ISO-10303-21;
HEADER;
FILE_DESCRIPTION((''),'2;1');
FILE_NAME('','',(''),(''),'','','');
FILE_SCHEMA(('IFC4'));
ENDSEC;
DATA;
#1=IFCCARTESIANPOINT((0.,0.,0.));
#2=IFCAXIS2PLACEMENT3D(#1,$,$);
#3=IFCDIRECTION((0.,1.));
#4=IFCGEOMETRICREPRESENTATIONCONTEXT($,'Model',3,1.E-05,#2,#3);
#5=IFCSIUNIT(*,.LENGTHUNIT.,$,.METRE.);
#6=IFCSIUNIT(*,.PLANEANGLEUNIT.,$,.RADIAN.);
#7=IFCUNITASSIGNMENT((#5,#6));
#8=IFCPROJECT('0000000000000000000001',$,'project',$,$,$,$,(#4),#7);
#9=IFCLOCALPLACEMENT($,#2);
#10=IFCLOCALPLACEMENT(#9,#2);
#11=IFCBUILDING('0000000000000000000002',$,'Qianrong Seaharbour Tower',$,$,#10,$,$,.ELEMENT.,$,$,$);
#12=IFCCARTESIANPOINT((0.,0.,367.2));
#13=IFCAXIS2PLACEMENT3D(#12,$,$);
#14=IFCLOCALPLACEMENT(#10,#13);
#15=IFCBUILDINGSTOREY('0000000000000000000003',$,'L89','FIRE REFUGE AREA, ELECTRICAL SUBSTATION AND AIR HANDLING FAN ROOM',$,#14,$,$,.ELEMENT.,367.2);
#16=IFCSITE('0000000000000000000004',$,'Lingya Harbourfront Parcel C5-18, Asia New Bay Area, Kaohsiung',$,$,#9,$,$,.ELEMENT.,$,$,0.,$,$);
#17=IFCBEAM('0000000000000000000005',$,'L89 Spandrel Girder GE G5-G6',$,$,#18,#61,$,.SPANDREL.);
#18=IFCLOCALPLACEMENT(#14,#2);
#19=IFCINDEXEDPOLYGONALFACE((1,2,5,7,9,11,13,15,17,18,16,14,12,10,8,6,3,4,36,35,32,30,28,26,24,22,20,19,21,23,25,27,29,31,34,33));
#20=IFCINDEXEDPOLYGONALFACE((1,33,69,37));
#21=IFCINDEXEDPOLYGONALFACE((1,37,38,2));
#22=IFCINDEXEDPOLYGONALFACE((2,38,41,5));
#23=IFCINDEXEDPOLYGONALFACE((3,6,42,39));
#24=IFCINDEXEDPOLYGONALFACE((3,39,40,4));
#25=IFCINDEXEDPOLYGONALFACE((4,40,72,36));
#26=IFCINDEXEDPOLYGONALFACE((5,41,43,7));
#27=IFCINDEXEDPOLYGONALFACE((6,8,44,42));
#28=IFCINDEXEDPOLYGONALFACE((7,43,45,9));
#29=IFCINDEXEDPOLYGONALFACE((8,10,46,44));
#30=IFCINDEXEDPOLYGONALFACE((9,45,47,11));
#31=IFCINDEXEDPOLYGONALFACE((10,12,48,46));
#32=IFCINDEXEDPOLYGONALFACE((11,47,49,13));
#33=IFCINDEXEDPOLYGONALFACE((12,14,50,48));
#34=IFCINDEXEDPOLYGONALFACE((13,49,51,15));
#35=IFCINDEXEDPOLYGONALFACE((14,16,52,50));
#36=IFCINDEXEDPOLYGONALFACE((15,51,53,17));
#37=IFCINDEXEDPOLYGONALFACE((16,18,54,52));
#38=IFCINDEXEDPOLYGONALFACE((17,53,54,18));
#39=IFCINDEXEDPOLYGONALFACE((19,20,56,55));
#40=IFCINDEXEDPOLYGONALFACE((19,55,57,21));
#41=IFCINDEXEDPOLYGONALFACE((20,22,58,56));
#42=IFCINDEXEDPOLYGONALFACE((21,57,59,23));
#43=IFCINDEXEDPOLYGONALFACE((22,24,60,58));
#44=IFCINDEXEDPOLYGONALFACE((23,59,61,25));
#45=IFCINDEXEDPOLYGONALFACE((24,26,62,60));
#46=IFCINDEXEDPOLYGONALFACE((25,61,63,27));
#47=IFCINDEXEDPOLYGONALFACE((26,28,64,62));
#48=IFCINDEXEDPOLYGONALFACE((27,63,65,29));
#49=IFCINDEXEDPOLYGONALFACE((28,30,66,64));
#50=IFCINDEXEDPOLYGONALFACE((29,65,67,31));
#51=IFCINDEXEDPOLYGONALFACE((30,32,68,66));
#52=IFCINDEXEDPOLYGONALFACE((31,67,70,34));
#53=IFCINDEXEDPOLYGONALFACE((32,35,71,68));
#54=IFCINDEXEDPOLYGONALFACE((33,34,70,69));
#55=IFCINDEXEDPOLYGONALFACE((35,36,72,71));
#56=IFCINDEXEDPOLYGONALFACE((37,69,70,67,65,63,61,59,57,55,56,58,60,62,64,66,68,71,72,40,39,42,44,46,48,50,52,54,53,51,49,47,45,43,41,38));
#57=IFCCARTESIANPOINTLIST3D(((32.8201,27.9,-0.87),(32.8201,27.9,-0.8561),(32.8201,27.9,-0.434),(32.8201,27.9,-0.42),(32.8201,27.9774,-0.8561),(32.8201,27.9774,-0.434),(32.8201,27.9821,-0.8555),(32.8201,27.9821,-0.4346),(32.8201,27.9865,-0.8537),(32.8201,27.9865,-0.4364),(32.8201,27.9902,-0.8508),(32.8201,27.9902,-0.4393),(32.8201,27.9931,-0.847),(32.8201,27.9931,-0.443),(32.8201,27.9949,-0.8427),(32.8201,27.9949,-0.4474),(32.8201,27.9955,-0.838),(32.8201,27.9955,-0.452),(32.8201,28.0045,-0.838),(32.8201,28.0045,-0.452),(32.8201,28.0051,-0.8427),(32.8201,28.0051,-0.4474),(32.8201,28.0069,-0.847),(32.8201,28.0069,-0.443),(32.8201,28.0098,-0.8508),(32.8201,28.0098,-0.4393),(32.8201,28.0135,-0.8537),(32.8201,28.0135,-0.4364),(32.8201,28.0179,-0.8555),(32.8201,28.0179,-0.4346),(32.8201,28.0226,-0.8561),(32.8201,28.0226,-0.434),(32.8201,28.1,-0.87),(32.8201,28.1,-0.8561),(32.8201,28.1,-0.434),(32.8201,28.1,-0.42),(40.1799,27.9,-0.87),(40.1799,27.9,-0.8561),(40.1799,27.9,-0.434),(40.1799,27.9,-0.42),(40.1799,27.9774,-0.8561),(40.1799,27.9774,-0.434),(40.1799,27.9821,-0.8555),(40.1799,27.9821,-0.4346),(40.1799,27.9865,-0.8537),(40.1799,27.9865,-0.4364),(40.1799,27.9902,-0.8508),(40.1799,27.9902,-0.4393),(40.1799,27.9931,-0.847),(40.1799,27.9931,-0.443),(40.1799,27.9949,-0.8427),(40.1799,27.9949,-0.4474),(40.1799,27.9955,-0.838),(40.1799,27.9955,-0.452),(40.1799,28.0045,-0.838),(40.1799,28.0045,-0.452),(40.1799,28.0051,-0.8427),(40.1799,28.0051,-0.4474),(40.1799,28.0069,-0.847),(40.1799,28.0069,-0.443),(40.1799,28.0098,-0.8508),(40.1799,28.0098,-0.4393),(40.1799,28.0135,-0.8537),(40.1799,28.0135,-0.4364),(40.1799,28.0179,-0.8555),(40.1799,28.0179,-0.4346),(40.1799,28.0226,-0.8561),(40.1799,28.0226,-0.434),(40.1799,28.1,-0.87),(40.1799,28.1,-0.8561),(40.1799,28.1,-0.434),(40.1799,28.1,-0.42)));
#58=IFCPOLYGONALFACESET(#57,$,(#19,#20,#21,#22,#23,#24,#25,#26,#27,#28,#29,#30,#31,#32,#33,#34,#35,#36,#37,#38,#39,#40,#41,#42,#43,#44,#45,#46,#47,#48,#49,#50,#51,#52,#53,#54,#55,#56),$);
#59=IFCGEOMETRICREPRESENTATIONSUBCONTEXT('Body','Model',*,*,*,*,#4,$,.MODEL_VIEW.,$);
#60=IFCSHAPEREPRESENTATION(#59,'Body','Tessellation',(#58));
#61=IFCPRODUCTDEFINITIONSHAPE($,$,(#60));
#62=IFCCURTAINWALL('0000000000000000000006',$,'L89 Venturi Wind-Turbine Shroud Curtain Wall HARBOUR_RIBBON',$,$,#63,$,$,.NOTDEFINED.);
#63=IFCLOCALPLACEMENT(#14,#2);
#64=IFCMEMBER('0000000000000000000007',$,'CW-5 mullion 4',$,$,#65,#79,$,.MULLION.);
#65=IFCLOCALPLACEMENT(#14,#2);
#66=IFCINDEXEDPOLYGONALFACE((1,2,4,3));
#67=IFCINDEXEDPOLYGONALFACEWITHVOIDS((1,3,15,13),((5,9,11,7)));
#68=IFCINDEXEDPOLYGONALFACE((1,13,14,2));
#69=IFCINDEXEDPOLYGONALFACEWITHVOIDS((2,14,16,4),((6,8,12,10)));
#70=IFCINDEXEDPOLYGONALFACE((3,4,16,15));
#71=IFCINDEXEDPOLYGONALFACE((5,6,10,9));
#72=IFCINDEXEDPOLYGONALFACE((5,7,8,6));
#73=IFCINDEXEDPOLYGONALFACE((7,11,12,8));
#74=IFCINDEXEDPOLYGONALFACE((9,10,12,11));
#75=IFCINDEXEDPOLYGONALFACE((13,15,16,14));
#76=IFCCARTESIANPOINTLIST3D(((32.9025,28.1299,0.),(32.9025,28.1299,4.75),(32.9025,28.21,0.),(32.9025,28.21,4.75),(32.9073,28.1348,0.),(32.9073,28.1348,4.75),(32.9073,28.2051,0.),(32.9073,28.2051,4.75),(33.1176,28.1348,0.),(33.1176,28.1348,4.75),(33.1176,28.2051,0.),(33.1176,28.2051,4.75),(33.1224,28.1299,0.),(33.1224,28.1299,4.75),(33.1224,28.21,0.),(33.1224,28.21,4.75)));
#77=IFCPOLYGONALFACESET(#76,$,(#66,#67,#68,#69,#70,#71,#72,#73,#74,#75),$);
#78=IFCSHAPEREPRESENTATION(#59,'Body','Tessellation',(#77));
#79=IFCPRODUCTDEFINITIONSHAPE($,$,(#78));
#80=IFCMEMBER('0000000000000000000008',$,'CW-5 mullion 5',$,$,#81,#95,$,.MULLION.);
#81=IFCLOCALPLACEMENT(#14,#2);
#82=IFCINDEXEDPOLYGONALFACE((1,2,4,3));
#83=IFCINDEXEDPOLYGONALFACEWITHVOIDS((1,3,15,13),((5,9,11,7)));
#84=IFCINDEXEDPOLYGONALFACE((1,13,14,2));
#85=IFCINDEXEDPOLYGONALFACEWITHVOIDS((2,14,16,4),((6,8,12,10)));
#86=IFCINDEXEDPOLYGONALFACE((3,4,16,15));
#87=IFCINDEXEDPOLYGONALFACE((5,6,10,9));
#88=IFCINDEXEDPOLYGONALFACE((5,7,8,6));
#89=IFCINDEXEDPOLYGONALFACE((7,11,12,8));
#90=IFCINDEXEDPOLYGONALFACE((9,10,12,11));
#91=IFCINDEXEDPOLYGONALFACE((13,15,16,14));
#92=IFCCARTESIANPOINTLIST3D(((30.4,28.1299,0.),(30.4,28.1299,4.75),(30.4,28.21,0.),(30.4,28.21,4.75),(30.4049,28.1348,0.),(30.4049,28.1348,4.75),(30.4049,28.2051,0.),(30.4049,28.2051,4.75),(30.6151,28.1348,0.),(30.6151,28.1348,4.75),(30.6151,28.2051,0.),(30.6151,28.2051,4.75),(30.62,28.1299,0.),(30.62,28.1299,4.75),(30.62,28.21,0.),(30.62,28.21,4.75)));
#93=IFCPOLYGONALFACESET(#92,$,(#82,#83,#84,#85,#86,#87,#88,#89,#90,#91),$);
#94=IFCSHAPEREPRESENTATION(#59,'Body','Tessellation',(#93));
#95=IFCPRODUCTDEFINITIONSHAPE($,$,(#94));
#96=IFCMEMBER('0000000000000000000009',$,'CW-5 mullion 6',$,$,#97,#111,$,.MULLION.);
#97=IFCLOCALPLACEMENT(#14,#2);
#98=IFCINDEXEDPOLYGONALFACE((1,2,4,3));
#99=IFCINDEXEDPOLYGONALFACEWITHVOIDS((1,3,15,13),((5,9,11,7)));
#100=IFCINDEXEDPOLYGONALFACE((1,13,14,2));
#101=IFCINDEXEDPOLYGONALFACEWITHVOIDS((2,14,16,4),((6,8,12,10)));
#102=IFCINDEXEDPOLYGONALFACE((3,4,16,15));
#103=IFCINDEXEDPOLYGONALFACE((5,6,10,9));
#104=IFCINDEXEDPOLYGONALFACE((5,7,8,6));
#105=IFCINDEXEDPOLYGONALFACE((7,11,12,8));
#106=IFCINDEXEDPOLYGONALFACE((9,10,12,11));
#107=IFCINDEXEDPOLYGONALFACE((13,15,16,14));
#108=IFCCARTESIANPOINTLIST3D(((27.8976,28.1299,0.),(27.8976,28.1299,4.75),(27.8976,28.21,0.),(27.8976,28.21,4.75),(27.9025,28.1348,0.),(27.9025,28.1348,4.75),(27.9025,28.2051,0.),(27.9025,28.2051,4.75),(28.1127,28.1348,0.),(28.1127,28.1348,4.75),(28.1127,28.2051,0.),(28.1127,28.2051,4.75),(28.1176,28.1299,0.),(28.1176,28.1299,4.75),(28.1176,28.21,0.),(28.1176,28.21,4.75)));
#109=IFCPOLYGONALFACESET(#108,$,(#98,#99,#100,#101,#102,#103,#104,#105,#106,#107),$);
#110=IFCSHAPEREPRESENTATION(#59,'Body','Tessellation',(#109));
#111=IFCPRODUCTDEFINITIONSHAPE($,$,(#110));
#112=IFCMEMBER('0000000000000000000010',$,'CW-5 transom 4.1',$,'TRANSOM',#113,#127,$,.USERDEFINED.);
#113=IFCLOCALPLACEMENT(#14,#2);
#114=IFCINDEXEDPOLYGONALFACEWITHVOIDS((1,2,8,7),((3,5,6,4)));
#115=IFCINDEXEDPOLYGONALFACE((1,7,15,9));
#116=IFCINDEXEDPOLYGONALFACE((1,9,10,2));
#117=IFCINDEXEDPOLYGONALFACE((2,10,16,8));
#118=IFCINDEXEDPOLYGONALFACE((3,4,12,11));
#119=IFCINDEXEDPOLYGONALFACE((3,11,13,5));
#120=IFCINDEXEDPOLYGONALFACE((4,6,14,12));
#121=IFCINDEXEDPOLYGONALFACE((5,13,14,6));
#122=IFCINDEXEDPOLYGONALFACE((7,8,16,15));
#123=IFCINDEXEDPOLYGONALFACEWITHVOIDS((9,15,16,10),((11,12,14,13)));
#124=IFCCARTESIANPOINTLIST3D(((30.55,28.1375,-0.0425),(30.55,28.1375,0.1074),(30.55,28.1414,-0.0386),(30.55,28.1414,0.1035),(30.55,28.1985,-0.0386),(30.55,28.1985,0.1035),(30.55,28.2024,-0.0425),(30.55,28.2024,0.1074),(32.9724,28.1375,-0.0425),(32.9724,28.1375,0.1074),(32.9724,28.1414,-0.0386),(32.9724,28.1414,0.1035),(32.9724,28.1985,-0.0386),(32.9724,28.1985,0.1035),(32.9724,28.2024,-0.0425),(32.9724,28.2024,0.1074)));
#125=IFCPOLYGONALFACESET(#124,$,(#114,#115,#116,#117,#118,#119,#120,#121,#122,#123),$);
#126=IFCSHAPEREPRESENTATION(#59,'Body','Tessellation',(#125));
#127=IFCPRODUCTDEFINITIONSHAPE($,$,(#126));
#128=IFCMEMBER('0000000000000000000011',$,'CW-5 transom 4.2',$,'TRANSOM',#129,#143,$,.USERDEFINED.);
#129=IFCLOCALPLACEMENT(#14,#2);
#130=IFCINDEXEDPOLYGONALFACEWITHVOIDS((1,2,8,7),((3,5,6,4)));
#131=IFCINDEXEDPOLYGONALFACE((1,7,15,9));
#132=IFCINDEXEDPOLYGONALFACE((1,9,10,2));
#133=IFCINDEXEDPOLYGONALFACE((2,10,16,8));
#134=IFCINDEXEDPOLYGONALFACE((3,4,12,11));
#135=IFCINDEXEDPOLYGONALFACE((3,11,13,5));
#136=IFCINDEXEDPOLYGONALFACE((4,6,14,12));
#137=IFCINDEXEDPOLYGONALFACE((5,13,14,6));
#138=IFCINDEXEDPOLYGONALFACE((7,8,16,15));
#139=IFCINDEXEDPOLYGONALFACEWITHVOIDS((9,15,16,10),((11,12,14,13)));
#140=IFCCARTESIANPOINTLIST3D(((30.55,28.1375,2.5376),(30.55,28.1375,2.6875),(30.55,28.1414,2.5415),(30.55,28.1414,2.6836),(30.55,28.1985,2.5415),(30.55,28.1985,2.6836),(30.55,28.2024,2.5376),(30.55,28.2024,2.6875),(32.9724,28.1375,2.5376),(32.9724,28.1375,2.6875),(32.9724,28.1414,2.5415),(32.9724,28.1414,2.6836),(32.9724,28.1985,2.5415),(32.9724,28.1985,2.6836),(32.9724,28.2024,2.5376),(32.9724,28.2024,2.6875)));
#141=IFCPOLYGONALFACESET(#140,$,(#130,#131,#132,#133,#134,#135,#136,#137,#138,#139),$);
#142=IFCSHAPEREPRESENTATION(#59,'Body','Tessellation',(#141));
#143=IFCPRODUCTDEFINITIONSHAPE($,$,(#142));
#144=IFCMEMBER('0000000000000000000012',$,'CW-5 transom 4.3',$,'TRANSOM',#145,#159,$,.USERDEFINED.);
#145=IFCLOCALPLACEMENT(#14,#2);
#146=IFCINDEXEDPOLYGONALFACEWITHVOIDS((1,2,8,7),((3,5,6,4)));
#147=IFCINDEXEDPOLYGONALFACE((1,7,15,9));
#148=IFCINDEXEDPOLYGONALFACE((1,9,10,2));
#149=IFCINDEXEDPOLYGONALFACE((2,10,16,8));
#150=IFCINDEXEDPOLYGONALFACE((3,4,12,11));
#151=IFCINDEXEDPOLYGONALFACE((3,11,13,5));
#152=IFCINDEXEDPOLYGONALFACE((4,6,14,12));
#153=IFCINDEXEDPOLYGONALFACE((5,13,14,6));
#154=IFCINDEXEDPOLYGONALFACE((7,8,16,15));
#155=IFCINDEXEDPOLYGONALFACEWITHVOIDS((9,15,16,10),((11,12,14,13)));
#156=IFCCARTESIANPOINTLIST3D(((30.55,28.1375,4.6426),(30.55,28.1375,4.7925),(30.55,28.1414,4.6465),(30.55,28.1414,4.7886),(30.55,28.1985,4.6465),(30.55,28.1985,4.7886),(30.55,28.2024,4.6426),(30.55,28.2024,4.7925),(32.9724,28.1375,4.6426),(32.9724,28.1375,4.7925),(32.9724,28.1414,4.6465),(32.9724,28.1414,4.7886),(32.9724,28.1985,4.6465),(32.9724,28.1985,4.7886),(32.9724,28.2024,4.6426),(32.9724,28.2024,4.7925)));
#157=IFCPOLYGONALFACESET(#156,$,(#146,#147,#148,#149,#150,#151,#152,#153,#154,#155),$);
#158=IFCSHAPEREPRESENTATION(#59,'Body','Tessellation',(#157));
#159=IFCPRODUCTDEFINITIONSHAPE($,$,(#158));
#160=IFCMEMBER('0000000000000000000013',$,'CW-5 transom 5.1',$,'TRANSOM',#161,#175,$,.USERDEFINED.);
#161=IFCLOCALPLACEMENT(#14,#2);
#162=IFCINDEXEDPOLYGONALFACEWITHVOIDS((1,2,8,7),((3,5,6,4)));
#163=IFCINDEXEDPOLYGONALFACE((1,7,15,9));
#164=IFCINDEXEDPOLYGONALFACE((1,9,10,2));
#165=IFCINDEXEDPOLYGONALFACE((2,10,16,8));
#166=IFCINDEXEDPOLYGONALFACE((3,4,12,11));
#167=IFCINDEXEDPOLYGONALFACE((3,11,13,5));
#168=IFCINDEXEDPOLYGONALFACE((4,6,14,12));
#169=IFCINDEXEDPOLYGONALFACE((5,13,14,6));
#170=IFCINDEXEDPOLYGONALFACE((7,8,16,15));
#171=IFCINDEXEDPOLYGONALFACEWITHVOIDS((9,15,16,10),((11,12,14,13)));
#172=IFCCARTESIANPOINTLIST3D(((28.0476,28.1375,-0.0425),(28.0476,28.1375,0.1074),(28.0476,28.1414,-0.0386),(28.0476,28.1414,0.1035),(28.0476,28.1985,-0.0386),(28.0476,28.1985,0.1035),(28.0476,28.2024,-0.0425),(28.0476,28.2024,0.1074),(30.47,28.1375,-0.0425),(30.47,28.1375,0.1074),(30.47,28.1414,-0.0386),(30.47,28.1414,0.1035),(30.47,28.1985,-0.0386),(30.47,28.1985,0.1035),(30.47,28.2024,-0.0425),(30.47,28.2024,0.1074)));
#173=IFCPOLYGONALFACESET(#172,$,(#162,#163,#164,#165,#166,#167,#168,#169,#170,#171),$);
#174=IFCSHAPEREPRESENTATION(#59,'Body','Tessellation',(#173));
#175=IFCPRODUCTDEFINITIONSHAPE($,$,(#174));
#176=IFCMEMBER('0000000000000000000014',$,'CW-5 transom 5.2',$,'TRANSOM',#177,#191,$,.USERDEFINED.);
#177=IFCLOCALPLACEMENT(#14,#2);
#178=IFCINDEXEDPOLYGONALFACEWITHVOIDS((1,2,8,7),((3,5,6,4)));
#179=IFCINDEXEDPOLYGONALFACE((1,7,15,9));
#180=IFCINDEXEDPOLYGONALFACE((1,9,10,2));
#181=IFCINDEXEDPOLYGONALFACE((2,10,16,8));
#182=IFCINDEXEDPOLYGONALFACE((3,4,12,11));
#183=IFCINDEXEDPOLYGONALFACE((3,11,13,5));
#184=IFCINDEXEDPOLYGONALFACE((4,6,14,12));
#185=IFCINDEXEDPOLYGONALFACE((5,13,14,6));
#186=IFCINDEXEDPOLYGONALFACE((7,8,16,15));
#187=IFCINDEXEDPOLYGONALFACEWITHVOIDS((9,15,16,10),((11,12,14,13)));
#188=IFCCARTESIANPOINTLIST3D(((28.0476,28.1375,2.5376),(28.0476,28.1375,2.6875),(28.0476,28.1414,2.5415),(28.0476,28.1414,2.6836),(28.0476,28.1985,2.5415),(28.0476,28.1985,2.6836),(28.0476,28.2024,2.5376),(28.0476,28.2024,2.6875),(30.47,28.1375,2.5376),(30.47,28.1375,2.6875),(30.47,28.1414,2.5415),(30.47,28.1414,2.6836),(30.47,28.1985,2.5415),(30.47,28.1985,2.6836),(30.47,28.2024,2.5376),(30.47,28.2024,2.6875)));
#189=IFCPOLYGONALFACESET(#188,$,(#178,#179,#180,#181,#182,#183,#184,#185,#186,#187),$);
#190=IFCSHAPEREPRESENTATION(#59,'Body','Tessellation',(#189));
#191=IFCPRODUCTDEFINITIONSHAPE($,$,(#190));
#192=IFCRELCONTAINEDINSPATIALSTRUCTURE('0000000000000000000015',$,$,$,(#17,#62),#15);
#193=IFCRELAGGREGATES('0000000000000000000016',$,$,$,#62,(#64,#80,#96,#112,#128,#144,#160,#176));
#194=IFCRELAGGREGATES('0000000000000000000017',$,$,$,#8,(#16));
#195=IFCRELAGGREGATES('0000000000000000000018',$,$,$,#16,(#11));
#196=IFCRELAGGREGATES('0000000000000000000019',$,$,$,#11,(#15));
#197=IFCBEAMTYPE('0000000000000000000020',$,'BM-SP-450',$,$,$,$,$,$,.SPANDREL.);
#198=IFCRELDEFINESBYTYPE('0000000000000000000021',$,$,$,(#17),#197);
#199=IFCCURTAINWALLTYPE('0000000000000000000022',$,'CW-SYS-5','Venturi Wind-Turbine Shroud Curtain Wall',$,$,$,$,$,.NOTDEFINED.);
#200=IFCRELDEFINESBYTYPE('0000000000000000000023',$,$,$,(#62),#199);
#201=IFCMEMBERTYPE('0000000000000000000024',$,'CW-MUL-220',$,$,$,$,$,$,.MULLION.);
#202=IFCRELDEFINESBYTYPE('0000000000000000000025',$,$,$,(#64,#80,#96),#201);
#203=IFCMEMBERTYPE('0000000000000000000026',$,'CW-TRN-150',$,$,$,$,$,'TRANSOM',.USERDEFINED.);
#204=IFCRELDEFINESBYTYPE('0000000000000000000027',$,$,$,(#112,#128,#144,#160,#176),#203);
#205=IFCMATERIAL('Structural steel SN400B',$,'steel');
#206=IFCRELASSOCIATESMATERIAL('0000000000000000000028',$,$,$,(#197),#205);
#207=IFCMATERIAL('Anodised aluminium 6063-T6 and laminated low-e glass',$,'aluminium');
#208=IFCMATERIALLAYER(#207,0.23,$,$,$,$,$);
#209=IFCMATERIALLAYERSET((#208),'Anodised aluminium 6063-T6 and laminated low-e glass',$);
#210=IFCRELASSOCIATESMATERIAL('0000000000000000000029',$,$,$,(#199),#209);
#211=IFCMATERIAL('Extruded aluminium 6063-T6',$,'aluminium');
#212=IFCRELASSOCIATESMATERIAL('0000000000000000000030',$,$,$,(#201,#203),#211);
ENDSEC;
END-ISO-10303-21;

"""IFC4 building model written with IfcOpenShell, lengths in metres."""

from ifc_helpers import new_model, si_unit, direction, frame, origin, origin_2d, place, context, subcontext, project, spatial, hollow_rectangle, i_section, extrude, material, layer, layer_set, material_profile, profile_set, type_object, element, aggregate, save


model = new_model("IFC4")

# Units and contexts
model_context = context("Model", 3, precision=1e-05, world=origin(), true_north=direction((0.0, 1.0)))
body_context = subcontext(model_context, "Body", "Model", "MODEL_VIEW")
ifc_project = project(units=[si_unit("LENGTHUNIT", "METRE"), si_unit("PLANEANGLEUNIT", "RADIAN")], contexts=[model_context])

# Site, building, storey
site_placement = place(None, origin())
site = spatial("IfcSite", under=ifc_project, at=site_placement, Name="Lingya Harbourfront Parcel C5-18, Asia New Bay Area, Kaohsiung", CompositionType="ELEMENT", RefElevation=0.0)
building_placement = place(site_placement, origin())
building = spatial("IfcBuilding", under=site, at=building_placement, Name="Qianrong Seaharbour Tower", CompositionType="ELEMENT")
storey_placement = place(building_placement, frame((0.0, 0.0, 367.2)))
storey = spatial("IfcBuildingStorey", under=building, at=storey_placement, Name="L89", Description="FIRE REFUGE AREA, ELECTRICAL SUBSTATION AND AIR HANDLING FAN ROOM", CompositionType="ELEMENT", Elevation=367.2)

# Beam
ifc_material_1 = material(Name="Structural steel SN400B", Category="steel")
ifc_material_profile_1 = material_profile(ifc_material_1, i_section(OverallWidth=0.2, OverallDepth=0.45, WebThickness=0.009, FlangeThickness=0.0139, FilletRadius=0.0181, at=origin_2d()), Name="H450x200x9x14")
ifc_profile_set_1 = profile_set([ifc_material_profile_1], Name="Structural steel SN400B")
beam_type_1 = type_object("IfcBeamType", Name="BM-SP-450", PredefinedType="SPANDREL", material=ifc_profile_set_1)
beam_1_placement = place(storey_placement, frame((32.8201, 28.0, -0.645), z_axis=(1.0, 0.0, 0.0), x_axis=(0.0, 1.0, 0.0)))
element("IfcBeam", 1, at=beam_1_placement, inside=storey, type_object=beam_type_1, Name="L89 Spandrel Girder GE G5-G6", PredefinedType="SPANDREL", context=body_context, shape_type="SweptSolid", body=[
    extrude(i_section(OverallWidth=0.2, OverallDepth=0.45, WebThickness=0.009, FlangeThickness=0.0139, FilletRadius=0.0181, at=origin_2d()), origin(), (0.0, 0.0, 1.0), 7.3599),
])

# Curtain wall, members
ifc_material_2 = material(Name="Anodised aluminium 6063-T6 and laminated low-e glass", Category="aluminium")
ifc_layer_1 = layer(ifc_material_2, 0.23)
ifc_layer_set_1 = layer_set([ifc_layer_1], Name="Anodised aluminium 6063-T6 and laminated low-e glass")
curtain_wall_type = type_object("IfcCurtainWallType", Name="CW-SYS-5", Description="Venturi Wind-Turbine Shroud Curtain Wall", PredefinedType="NOTDEFINED", material=ifc_layer_set_1)
curtain_wall_placement = place(storey_placement, origin())
curtain_wall = element("IfcCurtainWall", 2, at=curtain_wall_placement, inside=storey, type_object=curtain_wall_type, Name="L89 Venturi Wind-Turbine Shroud Curtain Wall HARBOUR_RIBBON", PredefinedType="NOTDEFINED")
ifc_material_3 = material(Name="Extruded aluminium 6063-T6", Category="aluminium")
ifc_material_profile_2 = material_profile(ifc_material_3, hollow_rectangle(XDim=0.0801, YDim=0.22, WallThickness=0.0049, at=origin_2d()), Name="ALU-MUL-220x80x5")
ifc_profile_set_2 = profile_set([ifc_material_profile_2], Name="Extruded aluminium 6063-T6")
member_type_1 = type_object("IfcMemberType", Name="CW-MUL-220", PredefinedType="MULLION", material=ifc_profile_set_2)
member_1_placement = place(storey_placement, frame((33.0125, 28.1699, 0.0), z_axis=(0.0, 0.0, 1.0), x_axis=(0.0, -1.0, 0.0)))
member_1 = element("IfcMember", 3, at=member_1_placement, type_object=member_type_1, Name="CW-5 mullion 4", PredefinedType="MULLION", context=body_context, shape_type="SweptSolid", body=[
    extrude(hollow_rectangle(XDim=0.0801, YDim=0.22, WallThickness=0.0049, at=origin_2d()), origin(), (0.0, 0.0, 1.0), 4.75),
])
member_2_placement = place(storey_placement, frame((30.51, 28.1699, 0.0), z_axis=(0.0, 0.0, 1.0), x_axis=(0.0, -1.0, 0.0)))
member_2 = element("IfcMember", 4, at=member_2_placement, type_object=member_type_1, Name="CW-5 mullion 5", PredefinedType="MULLION", context=body_context, shape_type="SweptSolid", body=[
    extrude(hollow_rectangle(XDim=0.0801, YDim=0.22, WallThickness=0.0049, at=origin_2d()), origin(), (0.0, 0.0, 1.0), 4.75),
])
member_3_placement = place(storey_placement, frame((28.0076, 28.1699, 0.0), z_axis=(0.0, 0.0, 1.0), x_axis=(0.0, -1.0, 0.0)))
member_3 = element("IfcMember", 5, at=member_3_placement, type_object=member_type_1, Name="CW-5 mullion 6", PredefinedType="MULLION", context=body_context, shape_type="SweptSolid", body=[
    extrude(hollow_rectangle(XDim=0.0801, YDim=0.22, WallThickness=0.0049, at=origin_2d()), origin(), (0.0, 0.0, 1.0), 4.75),
])
ifc_material_profile_3 = material_profile(ifc_material_3, hollow_rectangle(XDim=0.0649, YDim=0.1499, WallThickness=0.0039, at=origin_2d()), Name="ALU-TRN-150x65x4")
ifc_profile_set_3 = profile_set([ifc_material_profile_3], Name="Extruded aluminium 6063-T6")
member_type_2 = type_object("IfcMemberType", Name="CW-TRN-150", ElementType="TRANSOM", PredefinedType="USERDEFINED", material=ifc_profile_set_3)
member_4_placement = place(storey_placement, frame((32.9724, 28.1699, 0.0325), z_axis=(-1.0, 0.0, 0.0), x_axis=(0.0, -1.0, 0.0)))
member_4 = element("IfcMember", 6, at=member_4_placement, type_object=member_type_2, Name="CW-5 transom 4.1", ObjectType="TRANSOM", PredefinedType="USERDEFINED", context=body_context, shape_type="SweptSolid", body=[
    extrude(hollow_rectangle(XDim=0.0649, YDim=0.1499, WallThickness=0.0039, at=origin_2d()), origin(), (0.0, 0.0, 1.0), 2.4224),
])
member_5_placement = place(storey_placement, frame((32.9724, 28.1699, 2.6125), z_axis=(-1.0, 0.0, 0.0), x_axis=(0.0, -1.0, 0.0)))
member_5 = element("IfcMember", 7, at=member_5_placement, type_object=member_type_2, Name="CW-5 transom 4.2", ObjectType="TRANSOM", PredefinedType="USERDEFINED", context=body_context, shape_type="SweptSolid", body=[
    extrude(hollow_rectangle(XDim=0.0649, YDim=0.1499, WallThickness=0.0039, at=origin_2d()), origin(), (0.0, 0.0, 1.0), 2.4224),
])
member_6_placement = place(storey_placement, frame((32.9724, 28.1699, 4.7175), z_axis=(-1.0, 0.0, 0.0), x_axis=(0.0, -1.0, 0.0)))
member_6 = element("IfcMember", 8, at=member_6_placement, type_object=member_type_2, Name="CW-5 transom 4.3", ObjectType="TRANSOM", PredefinedType="USERDEFINED", context=body_context, shape_type="SweptSolid", body=[
    extrude(hollow_rectangle(XDim=0.0649, YDim=0.1499, WallThickness=0.0039, at=origin_2d()), origin(), (0.0, 0.0, 1.0), 2.4224),
])
member_7_placement = place(storey_placement, frame((30.47, 28.1699, 0.0325), z_axis=(-1.0, 0.0, 0.0), x_axis=(0.0, -1.0, 0.0)))
member_7 = element("IfcMember", 9, at=member_7_placement, type_object=member_type_2, Name="CW-5 transom 5.1", ObjectType="TRANSOM", PredefinedType="USERDEFINED", context=body_context, shape_type="SweptSolid", body=[
    extrude(hollow_rectangle(XDim=0.0649, YDim=0.1499, WallThickness=0.0039, at=origin_2d()), origin(), (0.0, 0.0, 1.0), 2.4224),
])
member_8_placement = place(storey_placement, frame((30.47, 28.1699, 2.6125), z_axis=(-1.0, 0.0, 0.0), x_axis=(0.0, -1.0, 0.0)))
member_8 = element("IfcMember", 10, at=member_8_placement, type_object=member_type_2, Name="CW-5 transom 5.2", ObjectType="TRANSOM", PredefinedType="USERDEFINED", context=body_context, shape_type="SweptSolid", body=[
    extrude(hollow_rectangle(XDim=0.0649, YDim=0.1499, WallThickness=0.0039, at=origin_2d()), origin(), (0.0, 0.0, 1.0), 2.4224),
])
aggregate(curtain_wall, [member_1, member_2, member_3, member_4, member_5, member_6, member_7, member_8])

save(model, "model.ifc")
